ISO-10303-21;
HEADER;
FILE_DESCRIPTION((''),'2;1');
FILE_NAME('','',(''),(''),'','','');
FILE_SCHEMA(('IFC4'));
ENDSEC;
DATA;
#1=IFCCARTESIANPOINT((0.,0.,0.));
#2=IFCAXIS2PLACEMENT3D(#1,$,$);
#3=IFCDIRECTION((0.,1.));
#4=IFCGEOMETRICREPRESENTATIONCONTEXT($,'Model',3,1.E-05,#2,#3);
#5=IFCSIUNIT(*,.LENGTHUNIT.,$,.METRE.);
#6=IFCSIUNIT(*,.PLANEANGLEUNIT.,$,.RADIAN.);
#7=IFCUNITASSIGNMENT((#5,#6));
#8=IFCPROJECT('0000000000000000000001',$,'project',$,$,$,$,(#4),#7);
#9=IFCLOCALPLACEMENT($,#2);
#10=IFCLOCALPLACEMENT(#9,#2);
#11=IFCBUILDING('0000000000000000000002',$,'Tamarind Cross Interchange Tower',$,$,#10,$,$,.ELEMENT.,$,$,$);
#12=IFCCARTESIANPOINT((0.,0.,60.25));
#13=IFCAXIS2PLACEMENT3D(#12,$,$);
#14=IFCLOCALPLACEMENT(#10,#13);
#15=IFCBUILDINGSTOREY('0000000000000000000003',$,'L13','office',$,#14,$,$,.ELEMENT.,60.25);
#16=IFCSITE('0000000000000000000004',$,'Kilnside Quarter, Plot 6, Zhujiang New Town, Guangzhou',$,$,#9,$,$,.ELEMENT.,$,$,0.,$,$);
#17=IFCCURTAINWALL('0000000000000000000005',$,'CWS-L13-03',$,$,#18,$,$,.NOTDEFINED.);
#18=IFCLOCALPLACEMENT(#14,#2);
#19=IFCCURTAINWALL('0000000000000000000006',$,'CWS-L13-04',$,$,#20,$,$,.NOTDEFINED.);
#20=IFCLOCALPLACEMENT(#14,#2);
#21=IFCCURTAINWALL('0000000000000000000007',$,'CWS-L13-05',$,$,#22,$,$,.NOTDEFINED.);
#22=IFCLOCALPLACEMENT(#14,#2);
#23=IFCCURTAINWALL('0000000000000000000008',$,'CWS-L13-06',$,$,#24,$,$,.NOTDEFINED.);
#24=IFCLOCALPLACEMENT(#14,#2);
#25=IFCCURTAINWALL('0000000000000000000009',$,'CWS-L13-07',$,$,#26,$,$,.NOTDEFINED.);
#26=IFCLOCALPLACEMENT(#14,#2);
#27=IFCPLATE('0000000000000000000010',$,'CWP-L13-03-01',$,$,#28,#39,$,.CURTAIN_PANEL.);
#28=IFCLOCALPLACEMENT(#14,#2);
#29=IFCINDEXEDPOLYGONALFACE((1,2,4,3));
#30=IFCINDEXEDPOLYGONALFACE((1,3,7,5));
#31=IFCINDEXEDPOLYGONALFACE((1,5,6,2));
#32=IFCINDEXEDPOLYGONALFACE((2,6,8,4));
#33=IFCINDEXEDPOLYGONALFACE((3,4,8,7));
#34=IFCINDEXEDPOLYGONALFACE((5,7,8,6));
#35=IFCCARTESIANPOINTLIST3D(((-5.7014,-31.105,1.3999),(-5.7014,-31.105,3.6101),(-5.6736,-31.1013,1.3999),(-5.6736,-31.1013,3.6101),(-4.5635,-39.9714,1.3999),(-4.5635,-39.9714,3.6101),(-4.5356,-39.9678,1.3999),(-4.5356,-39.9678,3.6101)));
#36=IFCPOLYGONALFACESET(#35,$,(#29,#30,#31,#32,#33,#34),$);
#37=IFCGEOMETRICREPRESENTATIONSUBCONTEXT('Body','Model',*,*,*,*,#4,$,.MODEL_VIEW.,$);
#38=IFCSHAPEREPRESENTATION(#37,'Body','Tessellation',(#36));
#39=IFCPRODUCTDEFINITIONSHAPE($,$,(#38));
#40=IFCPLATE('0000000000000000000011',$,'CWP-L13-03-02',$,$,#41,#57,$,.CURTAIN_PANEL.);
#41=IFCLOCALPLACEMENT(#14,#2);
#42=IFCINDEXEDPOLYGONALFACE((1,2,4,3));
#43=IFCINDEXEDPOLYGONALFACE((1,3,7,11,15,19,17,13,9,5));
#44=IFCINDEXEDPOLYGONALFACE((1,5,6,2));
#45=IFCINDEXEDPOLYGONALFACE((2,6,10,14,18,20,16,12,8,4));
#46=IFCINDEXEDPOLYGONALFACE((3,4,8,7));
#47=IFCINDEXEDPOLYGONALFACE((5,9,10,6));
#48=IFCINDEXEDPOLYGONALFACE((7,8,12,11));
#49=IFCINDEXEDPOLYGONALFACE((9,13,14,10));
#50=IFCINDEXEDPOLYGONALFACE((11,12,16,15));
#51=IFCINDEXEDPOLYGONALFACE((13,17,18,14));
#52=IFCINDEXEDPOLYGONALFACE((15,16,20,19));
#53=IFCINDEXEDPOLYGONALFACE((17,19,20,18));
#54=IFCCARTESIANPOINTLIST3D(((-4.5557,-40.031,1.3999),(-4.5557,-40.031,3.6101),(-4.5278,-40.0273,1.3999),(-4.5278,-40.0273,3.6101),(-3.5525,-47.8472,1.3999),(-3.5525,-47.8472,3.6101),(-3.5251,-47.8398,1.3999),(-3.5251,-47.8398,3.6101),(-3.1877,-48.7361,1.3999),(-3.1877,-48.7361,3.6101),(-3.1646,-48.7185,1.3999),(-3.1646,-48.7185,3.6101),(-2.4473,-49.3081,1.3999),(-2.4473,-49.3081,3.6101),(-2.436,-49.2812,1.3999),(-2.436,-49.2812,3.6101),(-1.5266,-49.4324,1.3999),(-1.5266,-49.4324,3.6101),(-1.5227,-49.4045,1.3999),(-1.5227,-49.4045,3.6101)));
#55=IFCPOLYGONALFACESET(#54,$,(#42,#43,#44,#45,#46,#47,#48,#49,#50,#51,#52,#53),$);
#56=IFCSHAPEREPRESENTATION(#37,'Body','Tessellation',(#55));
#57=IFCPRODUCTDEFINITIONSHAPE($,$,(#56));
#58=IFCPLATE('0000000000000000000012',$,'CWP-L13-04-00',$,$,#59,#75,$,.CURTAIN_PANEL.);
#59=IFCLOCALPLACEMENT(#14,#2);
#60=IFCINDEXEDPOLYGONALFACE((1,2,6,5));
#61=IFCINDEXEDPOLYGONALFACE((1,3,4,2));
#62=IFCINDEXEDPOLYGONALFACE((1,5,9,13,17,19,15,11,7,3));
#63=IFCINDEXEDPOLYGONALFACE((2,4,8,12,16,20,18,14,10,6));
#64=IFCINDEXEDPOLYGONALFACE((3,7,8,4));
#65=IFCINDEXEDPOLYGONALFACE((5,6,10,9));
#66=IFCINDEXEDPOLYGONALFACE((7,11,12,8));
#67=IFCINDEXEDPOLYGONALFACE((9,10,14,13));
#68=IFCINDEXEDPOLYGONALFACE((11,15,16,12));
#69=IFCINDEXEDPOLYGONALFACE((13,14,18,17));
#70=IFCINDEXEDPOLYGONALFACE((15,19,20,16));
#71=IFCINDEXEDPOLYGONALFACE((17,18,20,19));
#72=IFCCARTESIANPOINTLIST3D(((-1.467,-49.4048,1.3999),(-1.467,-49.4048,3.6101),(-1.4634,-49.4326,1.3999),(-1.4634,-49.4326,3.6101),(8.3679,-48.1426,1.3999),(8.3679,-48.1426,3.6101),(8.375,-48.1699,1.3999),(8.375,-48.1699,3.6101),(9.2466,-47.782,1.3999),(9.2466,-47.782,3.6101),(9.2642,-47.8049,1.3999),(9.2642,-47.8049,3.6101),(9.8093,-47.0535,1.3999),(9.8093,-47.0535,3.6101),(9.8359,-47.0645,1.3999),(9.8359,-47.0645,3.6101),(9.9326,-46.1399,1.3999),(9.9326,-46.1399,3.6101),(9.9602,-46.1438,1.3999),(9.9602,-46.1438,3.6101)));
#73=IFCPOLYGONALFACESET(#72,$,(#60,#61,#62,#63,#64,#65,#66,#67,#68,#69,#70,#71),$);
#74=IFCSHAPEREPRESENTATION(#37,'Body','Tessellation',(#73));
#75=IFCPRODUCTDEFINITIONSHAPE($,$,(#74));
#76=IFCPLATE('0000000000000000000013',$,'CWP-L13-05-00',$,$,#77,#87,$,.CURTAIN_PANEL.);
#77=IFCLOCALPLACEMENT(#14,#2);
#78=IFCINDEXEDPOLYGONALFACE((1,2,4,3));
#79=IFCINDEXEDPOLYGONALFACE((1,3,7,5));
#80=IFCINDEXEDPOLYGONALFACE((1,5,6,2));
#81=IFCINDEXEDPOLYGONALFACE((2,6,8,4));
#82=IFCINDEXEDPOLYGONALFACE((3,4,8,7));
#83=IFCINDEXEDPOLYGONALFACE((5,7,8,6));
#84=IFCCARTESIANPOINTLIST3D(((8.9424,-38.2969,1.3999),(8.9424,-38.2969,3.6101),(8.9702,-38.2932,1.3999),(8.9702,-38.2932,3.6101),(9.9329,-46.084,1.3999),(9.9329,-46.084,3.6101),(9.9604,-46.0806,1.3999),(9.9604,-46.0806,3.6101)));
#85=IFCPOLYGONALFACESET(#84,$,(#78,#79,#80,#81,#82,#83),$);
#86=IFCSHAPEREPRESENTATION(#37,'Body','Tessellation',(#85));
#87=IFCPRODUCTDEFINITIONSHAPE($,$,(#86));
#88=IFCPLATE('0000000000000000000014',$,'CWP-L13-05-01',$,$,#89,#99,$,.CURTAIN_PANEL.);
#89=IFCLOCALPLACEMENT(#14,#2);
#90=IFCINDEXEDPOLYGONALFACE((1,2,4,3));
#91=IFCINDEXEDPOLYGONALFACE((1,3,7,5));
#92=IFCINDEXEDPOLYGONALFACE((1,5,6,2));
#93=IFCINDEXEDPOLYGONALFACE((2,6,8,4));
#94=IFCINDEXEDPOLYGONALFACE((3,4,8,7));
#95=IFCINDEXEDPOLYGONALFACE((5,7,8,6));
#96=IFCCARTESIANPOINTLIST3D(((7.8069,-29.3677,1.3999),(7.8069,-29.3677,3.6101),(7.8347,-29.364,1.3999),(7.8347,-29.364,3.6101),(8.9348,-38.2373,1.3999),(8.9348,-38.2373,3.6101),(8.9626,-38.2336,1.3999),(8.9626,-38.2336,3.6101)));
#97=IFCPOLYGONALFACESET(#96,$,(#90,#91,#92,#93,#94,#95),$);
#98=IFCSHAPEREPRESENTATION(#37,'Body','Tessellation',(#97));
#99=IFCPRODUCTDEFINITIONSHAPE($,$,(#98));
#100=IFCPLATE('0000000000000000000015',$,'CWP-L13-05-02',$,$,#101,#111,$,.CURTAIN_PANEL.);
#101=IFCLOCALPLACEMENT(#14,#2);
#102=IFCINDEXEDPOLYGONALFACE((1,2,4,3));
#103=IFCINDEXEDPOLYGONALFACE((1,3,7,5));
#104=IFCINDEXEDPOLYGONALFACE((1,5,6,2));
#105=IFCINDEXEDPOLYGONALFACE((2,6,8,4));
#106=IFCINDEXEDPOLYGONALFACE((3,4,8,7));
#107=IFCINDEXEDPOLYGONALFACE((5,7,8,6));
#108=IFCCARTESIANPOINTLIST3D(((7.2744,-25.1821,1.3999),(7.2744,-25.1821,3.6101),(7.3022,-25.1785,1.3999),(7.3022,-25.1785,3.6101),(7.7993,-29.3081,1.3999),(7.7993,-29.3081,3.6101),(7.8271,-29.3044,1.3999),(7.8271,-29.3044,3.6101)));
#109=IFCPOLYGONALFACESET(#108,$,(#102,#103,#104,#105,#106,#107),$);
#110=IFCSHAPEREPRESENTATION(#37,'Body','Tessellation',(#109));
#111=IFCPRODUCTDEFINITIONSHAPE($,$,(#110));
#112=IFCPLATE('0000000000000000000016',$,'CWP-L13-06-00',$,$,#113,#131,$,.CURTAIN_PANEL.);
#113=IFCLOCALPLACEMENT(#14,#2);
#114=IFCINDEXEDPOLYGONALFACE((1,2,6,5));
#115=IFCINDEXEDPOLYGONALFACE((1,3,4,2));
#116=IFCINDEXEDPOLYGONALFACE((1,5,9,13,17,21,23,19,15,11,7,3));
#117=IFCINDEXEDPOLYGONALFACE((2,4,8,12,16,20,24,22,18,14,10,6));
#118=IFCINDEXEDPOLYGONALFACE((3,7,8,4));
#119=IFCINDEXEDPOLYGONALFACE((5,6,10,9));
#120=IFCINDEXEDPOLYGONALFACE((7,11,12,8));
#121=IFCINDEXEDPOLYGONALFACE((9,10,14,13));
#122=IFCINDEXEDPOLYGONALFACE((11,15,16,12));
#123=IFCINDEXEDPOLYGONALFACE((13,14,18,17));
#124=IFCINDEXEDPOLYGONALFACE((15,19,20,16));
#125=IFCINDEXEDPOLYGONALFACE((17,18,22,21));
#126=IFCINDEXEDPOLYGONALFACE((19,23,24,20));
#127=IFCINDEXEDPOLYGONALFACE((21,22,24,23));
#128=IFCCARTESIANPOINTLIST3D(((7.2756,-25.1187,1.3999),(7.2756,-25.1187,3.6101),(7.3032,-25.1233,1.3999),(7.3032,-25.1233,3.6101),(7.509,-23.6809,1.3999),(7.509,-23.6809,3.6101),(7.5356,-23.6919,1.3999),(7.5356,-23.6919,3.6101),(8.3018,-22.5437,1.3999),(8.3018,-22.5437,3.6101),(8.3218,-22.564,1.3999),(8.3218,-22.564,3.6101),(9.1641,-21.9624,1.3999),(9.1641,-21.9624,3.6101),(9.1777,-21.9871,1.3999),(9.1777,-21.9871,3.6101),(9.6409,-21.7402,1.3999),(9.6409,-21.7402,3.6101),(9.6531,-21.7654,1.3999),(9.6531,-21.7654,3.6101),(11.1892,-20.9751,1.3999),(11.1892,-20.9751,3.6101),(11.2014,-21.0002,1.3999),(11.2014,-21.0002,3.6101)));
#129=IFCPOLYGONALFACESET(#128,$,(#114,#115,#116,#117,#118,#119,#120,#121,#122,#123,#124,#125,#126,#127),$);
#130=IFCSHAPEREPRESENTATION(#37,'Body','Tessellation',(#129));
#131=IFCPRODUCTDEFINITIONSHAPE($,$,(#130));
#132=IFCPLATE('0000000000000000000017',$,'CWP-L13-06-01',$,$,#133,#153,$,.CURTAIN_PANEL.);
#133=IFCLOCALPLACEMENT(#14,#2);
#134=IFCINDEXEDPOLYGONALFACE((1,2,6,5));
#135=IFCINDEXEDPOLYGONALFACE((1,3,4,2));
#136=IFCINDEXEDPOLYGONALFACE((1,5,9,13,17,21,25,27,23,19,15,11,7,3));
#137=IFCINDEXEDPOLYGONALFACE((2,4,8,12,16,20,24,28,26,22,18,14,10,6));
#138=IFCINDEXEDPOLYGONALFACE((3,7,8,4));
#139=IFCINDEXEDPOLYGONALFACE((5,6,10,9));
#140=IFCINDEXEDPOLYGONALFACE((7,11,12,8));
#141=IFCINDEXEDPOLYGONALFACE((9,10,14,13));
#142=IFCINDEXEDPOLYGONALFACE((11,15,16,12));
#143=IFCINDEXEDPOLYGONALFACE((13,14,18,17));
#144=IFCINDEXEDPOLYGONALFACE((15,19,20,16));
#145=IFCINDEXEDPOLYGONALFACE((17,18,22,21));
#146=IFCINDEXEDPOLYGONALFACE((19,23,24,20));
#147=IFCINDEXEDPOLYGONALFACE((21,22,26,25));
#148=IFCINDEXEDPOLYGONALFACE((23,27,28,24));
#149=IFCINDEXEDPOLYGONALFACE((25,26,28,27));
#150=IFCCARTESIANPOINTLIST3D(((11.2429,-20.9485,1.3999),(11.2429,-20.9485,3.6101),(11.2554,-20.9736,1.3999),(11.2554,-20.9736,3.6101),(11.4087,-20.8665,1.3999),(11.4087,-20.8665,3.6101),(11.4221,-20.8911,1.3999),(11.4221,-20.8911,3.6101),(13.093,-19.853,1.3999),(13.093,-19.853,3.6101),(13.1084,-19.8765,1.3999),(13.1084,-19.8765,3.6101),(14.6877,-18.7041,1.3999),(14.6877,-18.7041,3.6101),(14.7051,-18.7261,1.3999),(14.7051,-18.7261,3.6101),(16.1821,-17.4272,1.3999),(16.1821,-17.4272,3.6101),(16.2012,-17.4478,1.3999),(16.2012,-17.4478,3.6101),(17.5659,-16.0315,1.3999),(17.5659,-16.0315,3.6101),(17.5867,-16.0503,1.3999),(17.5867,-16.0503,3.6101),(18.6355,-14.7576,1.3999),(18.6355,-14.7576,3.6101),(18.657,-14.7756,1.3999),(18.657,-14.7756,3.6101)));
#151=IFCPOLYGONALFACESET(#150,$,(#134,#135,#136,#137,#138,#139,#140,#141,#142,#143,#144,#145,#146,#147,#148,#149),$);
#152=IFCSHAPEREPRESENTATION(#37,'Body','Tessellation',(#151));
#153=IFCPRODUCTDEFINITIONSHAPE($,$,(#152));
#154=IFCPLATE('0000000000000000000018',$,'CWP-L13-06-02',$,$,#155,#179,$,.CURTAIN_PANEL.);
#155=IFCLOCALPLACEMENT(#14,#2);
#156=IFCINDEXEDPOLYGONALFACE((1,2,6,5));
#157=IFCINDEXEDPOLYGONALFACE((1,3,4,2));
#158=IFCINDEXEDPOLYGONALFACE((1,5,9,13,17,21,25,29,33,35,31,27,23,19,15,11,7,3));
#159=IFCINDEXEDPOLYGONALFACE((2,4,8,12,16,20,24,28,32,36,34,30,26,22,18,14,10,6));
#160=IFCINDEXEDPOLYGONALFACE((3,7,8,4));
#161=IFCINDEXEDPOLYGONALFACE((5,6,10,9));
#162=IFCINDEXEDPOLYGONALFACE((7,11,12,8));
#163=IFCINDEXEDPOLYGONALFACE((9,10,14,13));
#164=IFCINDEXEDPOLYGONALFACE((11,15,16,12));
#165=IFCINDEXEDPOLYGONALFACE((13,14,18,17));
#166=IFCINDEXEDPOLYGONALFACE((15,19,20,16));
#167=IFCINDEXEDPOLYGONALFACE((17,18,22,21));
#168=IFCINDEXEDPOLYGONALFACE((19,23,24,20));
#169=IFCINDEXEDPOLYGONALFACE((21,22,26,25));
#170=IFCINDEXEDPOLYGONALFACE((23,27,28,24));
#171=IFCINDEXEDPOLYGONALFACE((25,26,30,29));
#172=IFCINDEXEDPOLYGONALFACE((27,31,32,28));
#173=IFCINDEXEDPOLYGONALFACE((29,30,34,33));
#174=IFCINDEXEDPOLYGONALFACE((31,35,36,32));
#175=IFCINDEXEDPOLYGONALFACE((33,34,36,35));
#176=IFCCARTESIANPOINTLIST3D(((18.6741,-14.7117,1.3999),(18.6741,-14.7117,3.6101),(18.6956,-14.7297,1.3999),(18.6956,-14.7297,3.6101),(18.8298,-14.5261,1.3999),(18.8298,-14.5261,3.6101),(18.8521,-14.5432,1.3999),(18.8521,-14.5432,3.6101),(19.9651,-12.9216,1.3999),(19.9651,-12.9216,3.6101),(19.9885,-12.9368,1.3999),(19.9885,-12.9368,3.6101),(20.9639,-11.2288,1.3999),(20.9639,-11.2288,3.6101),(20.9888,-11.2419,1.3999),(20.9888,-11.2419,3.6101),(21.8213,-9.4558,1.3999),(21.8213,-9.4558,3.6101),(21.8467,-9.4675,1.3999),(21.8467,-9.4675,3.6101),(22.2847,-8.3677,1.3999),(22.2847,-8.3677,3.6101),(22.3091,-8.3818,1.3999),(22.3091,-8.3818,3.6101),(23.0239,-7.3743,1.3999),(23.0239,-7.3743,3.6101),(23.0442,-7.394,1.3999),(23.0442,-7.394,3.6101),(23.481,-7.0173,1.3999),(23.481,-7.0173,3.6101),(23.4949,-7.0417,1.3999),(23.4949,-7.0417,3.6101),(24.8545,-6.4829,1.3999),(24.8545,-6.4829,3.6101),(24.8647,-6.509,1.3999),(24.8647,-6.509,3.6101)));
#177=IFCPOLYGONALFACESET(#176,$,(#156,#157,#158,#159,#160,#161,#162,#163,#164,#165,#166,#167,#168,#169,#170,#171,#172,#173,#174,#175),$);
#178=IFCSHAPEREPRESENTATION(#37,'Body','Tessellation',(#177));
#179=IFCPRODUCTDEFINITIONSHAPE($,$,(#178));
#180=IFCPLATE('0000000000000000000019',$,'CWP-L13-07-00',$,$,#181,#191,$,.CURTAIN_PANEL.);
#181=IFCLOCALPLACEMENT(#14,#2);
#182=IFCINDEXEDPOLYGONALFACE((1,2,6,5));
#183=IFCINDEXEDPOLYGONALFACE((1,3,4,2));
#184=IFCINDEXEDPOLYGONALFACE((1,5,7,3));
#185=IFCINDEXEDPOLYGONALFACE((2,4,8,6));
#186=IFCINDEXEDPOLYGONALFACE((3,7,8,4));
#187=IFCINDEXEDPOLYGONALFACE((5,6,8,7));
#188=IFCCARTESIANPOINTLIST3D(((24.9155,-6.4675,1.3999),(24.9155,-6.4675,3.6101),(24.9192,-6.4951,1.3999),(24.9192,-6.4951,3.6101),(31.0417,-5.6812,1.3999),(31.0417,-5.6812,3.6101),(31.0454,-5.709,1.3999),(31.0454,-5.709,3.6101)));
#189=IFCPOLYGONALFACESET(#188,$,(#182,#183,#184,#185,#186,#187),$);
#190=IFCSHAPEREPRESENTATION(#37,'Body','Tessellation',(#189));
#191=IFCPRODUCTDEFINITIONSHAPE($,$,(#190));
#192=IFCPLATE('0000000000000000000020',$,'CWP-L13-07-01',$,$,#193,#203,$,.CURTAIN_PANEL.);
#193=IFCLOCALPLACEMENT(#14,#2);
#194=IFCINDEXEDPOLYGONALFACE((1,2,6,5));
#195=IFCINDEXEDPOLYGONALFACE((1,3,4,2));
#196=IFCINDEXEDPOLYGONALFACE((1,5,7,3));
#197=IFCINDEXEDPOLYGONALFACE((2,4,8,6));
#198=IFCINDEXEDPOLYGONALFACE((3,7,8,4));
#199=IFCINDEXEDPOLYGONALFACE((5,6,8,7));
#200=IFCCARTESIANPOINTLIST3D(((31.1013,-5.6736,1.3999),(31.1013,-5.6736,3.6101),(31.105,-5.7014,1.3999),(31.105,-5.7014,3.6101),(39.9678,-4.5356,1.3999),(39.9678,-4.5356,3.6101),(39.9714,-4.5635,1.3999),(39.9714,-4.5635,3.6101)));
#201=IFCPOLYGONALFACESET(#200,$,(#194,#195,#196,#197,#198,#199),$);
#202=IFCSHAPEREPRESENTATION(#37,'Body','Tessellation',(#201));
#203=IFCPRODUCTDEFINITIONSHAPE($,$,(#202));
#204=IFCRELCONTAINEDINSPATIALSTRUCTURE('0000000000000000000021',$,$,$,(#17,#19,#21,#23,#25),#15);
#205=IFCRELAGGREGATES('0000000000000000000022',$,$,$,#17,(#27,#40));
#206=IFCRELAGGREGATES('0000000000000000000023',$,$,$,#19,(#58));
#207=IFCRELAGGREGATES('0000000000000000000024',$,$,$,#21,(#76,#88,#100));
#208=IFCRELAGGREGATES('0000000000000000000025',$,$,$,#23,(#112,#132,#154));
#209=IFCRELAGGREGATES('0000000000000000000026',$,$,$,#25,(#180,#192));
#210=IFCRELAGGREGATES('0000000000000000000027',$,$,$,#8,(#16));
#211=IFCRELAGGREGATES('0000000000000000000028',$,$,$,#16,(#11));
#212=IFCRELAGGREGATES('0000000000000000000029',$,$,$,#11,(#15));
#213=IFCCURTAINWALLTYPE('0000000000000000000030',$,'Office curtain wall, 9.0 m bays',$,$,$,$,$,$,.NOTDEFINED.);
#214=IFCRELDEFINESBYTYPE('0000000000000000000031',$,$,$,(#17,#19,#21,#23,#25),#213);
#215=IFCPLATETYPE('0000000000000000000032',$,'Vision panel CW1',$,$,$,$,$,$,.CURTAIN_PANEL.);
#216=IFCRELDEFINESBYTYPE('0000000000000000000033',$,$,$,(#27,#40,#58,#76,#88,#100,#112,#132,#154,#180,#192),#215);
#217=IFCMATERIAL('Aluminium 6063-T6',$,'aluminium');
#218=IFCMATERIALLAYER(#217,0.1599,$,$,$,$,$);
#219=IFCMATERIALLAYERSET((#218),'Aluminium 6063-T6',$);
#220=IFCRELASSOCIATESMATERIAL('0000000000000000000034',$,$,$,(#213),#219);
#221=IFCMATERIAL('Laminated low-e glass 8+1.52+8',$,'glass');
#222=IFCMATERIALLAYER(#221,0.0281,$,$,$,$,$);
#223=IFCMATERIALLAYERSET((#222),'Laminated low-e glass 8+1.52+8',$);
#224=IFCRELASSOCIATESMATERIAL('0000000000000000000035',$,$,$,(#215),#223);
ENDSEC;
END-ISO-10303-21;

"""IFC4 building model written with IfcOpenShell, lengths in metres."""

from ifc_helpers import new_model, si_unit, direction, frame, origin, place, context, subcontext, project, spatial, polyline, outline, extrude, material, layer, layer_set, type_object, element, aggregate, save


model = new_model("IFC4")

# Units and contexts
model_context = context("Model", 3, precision=1e-05, world=origin(), true_north=direction((0.0, 1.0)))
body_context = subcontext(model_context, "Body", "Model", "MODEL_VIEW")
ifc_project = project(units=[si_unit("LENGTHUNIT", "METRE"), si_unit("PLANEANGLEUNIT", "RADIAN")], contexts=[model_context])

# Site, building, storey
site_placement = place(None, origin())
site = spatial("IfcSite", under=ifc_project, at=site_placement, Name="Kilnside Quarter, Plot 6, Zhujiang New Town, Guangzhou", CompositionType="ELEMENT", RefElevation=0.0)
building_placement = place(site_placement, origin())
building = spatial("IfcBuilding", under=site, at=building_placement, Name="Tamarind Cross Interchange Tower", CompositionType="ELEMENT")
storey_placement = place(building_placement, frame((0.0, 0.0, 60.25)))
storey = spatial("IfcBuildingStorey", under=building, at=storey_placement, Name="L13", Description="office", CompositionType="ELEMENT", Elevation=60.25)

# Curtain walls
ifc_material_1 = material(Name="Aluminium 6063-T6", Category="aluminium")
ifc_layer_1 = layer(ifc_material_1, 0.1599)
ifc_layer_set_1 = layer_set([ifc_layer_1], Name="Aluminium 6063-T6")
curtain_wall_type = type_object("IfcCurtainWallType", Name="Office curtain wall, 9.0 m bays", PredefinedType="NOTDEFINED", material=ifc_layer_set_1)
curtain_wall_1_placement = place(storey_placement, origin())
curtain_wall_1 = element("IfcCurtainWall", 1, at=curtain_wall_1_placement, inside=storey, type_object=curtain_wall_type, Name="CWS-L13-03", PredefinedType="NOTDEFINED")
curtain_wall_2_placement = place(storey_placement, origin())
curtain_wall_2 = element("IfcCurtainWall", 2, at=curtain_wall_2_placement, inside=storey, type_object=curtain_wall_type, Name="CWS-L13-04", PredefinedType="NOTDEFINED")
curtain_wall_3_placement = place(storey_placement, origin())
curtain_wall_3 = element("IfcCurtainWall", 3, at=curtain_wall_3_placement, inside=storey, type_object=curtain_wall_type, Name="CWS-L13-05", PredefinedType="NOTDEFINED")
curtain_wall_4_placement = place(storey_placement, origin())
curtain_wall_4 = element("IfcCurtainWall", 4, at=curtain_wall_4_placement, inside=storey, type_object=curtain_wall_type, Name="CWS-L13-06", PredefinedType="NOTDEFINED")
curtain_wall_5_placement = place(storey_placement, origin())
curtain_wall_5 = element("IfcCurtainWall", 5, at=curtain_wall_5_placement, inside=storey, type_object=curtain_wall_type, Name="CWS-L13-07", PredefinedType="NOTDEFINED")

# Plates
ifc_material_2 = material(Name="Laminated low-e glass 8+1.52+8", Category="glass")
ifc_layer_2 = layer(ifc_material_2, 0.0281)
ifc_layer_set_2 = layer_set([ifc_layer_2], Name="Laminated low-e glass 8+1.52+8")
plate_type = type_object("IfcPlateType", Name="Vision panel CW1", PredefinedType="CURTAIN_PANEL", material=ifc_layer_set_2)
plate_1_placement = place(storey_placement, frame((0.0, 0.0, 1.3999)))
plate_1 = element("IfcPlate", 6, at=plate_1_placement, type_object=plate_type, Name="CWP-L13-03-01", PredefinedType="CURTAIN_PANEL", context=body_context, shape_type="SweptSolid", body=[
    extrude(outline(polyline([(-5.6736, -31.1013), (-4.5356, -39.9678), (-4.5635, -39.9714), (-5.7014, -31.105), (-5.6736, -31.1013)])), origin(), (0.0, 0.0, 1.0), 2.2102),
])
plate_2_placement = place(storey_placement, frame((0.0, 0.0, 1.3999)))
plate_2 = element("IfcPlate", 7, at=plate_2_placement, type_object=plate_type, Name="CWP-L13-03-02", PredefinedType="CURTAIN_PANEL", context=body_context, shape_type="SweptSolid", body=[
    extrude(outline(polyline([(-4.5278, -40.0273), (-3.5251, -47.8398), (-3.1646, -48.7185), (-2.436, -49.2812), (-1.5227, -49.4045), (-1.5266, -49.4324), (-2.4473, -49.3081), (-3.1877, -48.7361), (-3.5525, -47.8472), (-4.5557, -40.031), (-4.5278, -40.0273)])), origin(), (0.0, 0.0, 1.0), 2.2102),
])
aggregate(curtain_wall_1, [plate_1, plate_2])
plate_3_placement = place(storey_placement, frame((0.0, 0.0, 1.3999)))
plate_3 = element("IfcPlate", 8, at=plate_3_placement, type_object=plate_type, Name="CWP-L13-04-00", PredefinedType="CURTAIN_PANEL", context=body_context, shape_type="SweptSolid", body=[
    extrude(outline(polyline([(-1.467, -49.4048), (8.3679, -48.1426), (9.2466, -47.782), (9.8093, -47.0535), (9.9326, -46.1399), (9.9602, -46.1438), (9.8359, -47.0645), (9.2642, -47.8049), (8.375, -48.1699), (-1.4634, -49.4326), (-1.467, -49.4048)])), origin(), (0.0, 0.0, 1.0), 2.2102),
])
aggregate(curtain_wall_2, [plate_3])
plate_4_placement = place(storey_placement, frame((0.0, 0.0, 1.3999)))
plate_4 = element("IfcPlate", 9, at=plate_4_placement, type_object=plate_type, Name="CWP-L13-05-00", PredefinedType="CURTAIN_PANEL", context=body_context, shape_type="SweptSolid", body=[
    extrude(outline(polyline([(9.9329, -46.084), (8.9424, -38.2969), (8.9702, -38.2932), (9.9604, -46.0806), (9.9329, -46.084)])), origin(), (0.0, 0.0, 1.0), 2.2102),
])
plate_5_placement = place(storey_placement, frame((0.0, 0.0, 1.3999)))
plate_5 = element("IfcPlate", 10, at=plate_5_placement, type_object=plate_type, Name="CWP-L13-05-01", PredefinedType="CURTAIN_PANEL", context=body_context, shape_type="SweptSolid", body=[
    extrude(outline(polyline([(8.9348, -38.2373), (7.8069, -29.3677), (7.8347, -29.364), (8.9626, -38.2336), (8.9348, -38.2373)])), origin(), (0.0, 0.0, 1.0), 2.2102),
])
plate_6_placement = place(storey_placement, frame((0.0, 0.0, 1.3999)))
plate_6 = element("IfcPlate", 11, at=plate_6_placement, type_object=plate_type, Name="CWP-L13-05-02", PredefinedType="CURTAIN_PANEL", context=body_context, shape_type="SweptSolid", body=[
    extrude(outline(polyline([(7.7993, -29.3081), (7.2744, -25.1821), (7.3022, -25.1785), (7.8271, -29.3044), (7.7993, -29.3081)])), origin(), (0.0, 0.0, 1.0), 2.2102),
])
aggregate(curtain_wall_3, [plate_4, plate_5, plate_6])
plate_7_placement = place(storey_placement, frame((0.0, 0.0, 1.3999)))
plate_7 = element("IfcPlate", 12, at=plate_7_placement, type_object=plate_type, Name="CWP-L13-06-00", PredefinedType="CURTAIN_PANEL", context=body_context, shape_type="SweptSolid", body=[
    extrude(outline(polyline([(7.2756, -25.1187), (7.509, -23.6809), (8.3018, -22.5437), (9.1641, -21.9624), (9.6409, -21.7402), (11.1892, -20.9751), (11.2014, -21.0002), (9.6531, -21.7654), (9.1777, -21.9871), (8.3218, -22.564), (7.5356, -23.6919), (7.3032, -25.1233), (7.2756, -25.1187)])), origin(), (0.0, 0.0, 1.0), 2.2102),
])
plate_8_placement = place(storey_placement, frame((0.0, 0.0, 1.3999)))
plate_8 = element("IfcPlate", 13, at=plate_8_placement, type_object=plate_type, Name="CWP-L13-06-01", PredefinedType="CURTAIN_PANEL", context=body_context, shape_type="SweptSolid", body=[
    extrude(outline(polyline([(11.2429, -20.9485), (11.4087, -20.8665), (13.093, -19.853), (14.6877, -18.7041), (16.1821, -17.4272), (17.5659, -16.0315), (18.6355, -14.7576), (18.657, -14.7756), (17.5867, -16.0503), (16.2012, -17.4478), (14.7051, -18.7261), (13.1084, -19.8765), (11.4221, -20.8911), (11.2554, -20.9736), (11.2429, -20.9485)])), origin(), (0.0, 0.0, 1.0), 2.2102),
])
plate_9_placement = place(storey_placement, frame((0.0, 0.0, 1.3999)))
plate_9 = element("IfcPlate", 14, at=plate_9_placement, type_object=plate_type, Name="CWP-L13-06-02", PredefinedType="CURTAIN_PANEL", context=body_context, shape_type="SweptSolid", body=[
    extrude(outline(polyline([(18.6741, -14.7117), (18.8298, -14.5261), (19.9651, -12.9216), (20.9639, -11.2288), (21.8213, -9.4558), (22.2847, -8.3677), (23.0239, -7.3743), (23.481, -7.0173), (24.8545, -6.4829), (24.8647, -6.509), (23.4949, -7.0417), (23.0442, -7.394), (22.3091, -8.3818), (21.8467, -9.4675), (20.9888, -11.2419), (19.9885, -12.9368), (18.8521, -14.5432), (18.6956, -14.7297), (18.6741, -14.7117)])), origin(), (0.0, 0.0, 1.0), 2.2102),
])
aggregate(curtain_wall_4, [plate_7, plate_8, plate_9])
plate_10_placement = place(storey_placement, frame((0.0, 0.0, 1.3999)))
plate_10 = element("IfcPlate", 15, at=plate_10_placement, type_object=plate_type, Name="CWP-L13-07-00", PredefinedType="CURTAIN_PANEL", context=body_context, shape_type="SweptSolid", body=[
    extrude(outline(polyline([(24.9155, -6.4675), (31.0417, -5.6812), (31.0454, -5.709), (24.9192, -6.4951), (24.9155, -6.4675)])), origin(), (0.0, 0.0, 1.0), 2.2102),
])
plate_11_placement = place(storey_placement, frame((0.0, 0.0, 1.3999)))
plate_11 = element("IfcPlate", 16, at=plate_11_placement, type_object=plate_type, Name="CWP-L13-07-01", PredefinedType="CURTAIN_PANEL", context=body_context, shape_type="SweptSolid", body=[
    extrude(outline(polyline([(31.1013, -5.6736), (39.9678, -4.5356), (39.9714, -4.5635), (31.105, -5.7014), (31.1013, -5.6736)])), origin(), (0.0, 0.0, 1.0), 2.2102),
])
aggregate(curtain_wall_5, [plate_10, plate_11])

save(model, "model.ifc")
